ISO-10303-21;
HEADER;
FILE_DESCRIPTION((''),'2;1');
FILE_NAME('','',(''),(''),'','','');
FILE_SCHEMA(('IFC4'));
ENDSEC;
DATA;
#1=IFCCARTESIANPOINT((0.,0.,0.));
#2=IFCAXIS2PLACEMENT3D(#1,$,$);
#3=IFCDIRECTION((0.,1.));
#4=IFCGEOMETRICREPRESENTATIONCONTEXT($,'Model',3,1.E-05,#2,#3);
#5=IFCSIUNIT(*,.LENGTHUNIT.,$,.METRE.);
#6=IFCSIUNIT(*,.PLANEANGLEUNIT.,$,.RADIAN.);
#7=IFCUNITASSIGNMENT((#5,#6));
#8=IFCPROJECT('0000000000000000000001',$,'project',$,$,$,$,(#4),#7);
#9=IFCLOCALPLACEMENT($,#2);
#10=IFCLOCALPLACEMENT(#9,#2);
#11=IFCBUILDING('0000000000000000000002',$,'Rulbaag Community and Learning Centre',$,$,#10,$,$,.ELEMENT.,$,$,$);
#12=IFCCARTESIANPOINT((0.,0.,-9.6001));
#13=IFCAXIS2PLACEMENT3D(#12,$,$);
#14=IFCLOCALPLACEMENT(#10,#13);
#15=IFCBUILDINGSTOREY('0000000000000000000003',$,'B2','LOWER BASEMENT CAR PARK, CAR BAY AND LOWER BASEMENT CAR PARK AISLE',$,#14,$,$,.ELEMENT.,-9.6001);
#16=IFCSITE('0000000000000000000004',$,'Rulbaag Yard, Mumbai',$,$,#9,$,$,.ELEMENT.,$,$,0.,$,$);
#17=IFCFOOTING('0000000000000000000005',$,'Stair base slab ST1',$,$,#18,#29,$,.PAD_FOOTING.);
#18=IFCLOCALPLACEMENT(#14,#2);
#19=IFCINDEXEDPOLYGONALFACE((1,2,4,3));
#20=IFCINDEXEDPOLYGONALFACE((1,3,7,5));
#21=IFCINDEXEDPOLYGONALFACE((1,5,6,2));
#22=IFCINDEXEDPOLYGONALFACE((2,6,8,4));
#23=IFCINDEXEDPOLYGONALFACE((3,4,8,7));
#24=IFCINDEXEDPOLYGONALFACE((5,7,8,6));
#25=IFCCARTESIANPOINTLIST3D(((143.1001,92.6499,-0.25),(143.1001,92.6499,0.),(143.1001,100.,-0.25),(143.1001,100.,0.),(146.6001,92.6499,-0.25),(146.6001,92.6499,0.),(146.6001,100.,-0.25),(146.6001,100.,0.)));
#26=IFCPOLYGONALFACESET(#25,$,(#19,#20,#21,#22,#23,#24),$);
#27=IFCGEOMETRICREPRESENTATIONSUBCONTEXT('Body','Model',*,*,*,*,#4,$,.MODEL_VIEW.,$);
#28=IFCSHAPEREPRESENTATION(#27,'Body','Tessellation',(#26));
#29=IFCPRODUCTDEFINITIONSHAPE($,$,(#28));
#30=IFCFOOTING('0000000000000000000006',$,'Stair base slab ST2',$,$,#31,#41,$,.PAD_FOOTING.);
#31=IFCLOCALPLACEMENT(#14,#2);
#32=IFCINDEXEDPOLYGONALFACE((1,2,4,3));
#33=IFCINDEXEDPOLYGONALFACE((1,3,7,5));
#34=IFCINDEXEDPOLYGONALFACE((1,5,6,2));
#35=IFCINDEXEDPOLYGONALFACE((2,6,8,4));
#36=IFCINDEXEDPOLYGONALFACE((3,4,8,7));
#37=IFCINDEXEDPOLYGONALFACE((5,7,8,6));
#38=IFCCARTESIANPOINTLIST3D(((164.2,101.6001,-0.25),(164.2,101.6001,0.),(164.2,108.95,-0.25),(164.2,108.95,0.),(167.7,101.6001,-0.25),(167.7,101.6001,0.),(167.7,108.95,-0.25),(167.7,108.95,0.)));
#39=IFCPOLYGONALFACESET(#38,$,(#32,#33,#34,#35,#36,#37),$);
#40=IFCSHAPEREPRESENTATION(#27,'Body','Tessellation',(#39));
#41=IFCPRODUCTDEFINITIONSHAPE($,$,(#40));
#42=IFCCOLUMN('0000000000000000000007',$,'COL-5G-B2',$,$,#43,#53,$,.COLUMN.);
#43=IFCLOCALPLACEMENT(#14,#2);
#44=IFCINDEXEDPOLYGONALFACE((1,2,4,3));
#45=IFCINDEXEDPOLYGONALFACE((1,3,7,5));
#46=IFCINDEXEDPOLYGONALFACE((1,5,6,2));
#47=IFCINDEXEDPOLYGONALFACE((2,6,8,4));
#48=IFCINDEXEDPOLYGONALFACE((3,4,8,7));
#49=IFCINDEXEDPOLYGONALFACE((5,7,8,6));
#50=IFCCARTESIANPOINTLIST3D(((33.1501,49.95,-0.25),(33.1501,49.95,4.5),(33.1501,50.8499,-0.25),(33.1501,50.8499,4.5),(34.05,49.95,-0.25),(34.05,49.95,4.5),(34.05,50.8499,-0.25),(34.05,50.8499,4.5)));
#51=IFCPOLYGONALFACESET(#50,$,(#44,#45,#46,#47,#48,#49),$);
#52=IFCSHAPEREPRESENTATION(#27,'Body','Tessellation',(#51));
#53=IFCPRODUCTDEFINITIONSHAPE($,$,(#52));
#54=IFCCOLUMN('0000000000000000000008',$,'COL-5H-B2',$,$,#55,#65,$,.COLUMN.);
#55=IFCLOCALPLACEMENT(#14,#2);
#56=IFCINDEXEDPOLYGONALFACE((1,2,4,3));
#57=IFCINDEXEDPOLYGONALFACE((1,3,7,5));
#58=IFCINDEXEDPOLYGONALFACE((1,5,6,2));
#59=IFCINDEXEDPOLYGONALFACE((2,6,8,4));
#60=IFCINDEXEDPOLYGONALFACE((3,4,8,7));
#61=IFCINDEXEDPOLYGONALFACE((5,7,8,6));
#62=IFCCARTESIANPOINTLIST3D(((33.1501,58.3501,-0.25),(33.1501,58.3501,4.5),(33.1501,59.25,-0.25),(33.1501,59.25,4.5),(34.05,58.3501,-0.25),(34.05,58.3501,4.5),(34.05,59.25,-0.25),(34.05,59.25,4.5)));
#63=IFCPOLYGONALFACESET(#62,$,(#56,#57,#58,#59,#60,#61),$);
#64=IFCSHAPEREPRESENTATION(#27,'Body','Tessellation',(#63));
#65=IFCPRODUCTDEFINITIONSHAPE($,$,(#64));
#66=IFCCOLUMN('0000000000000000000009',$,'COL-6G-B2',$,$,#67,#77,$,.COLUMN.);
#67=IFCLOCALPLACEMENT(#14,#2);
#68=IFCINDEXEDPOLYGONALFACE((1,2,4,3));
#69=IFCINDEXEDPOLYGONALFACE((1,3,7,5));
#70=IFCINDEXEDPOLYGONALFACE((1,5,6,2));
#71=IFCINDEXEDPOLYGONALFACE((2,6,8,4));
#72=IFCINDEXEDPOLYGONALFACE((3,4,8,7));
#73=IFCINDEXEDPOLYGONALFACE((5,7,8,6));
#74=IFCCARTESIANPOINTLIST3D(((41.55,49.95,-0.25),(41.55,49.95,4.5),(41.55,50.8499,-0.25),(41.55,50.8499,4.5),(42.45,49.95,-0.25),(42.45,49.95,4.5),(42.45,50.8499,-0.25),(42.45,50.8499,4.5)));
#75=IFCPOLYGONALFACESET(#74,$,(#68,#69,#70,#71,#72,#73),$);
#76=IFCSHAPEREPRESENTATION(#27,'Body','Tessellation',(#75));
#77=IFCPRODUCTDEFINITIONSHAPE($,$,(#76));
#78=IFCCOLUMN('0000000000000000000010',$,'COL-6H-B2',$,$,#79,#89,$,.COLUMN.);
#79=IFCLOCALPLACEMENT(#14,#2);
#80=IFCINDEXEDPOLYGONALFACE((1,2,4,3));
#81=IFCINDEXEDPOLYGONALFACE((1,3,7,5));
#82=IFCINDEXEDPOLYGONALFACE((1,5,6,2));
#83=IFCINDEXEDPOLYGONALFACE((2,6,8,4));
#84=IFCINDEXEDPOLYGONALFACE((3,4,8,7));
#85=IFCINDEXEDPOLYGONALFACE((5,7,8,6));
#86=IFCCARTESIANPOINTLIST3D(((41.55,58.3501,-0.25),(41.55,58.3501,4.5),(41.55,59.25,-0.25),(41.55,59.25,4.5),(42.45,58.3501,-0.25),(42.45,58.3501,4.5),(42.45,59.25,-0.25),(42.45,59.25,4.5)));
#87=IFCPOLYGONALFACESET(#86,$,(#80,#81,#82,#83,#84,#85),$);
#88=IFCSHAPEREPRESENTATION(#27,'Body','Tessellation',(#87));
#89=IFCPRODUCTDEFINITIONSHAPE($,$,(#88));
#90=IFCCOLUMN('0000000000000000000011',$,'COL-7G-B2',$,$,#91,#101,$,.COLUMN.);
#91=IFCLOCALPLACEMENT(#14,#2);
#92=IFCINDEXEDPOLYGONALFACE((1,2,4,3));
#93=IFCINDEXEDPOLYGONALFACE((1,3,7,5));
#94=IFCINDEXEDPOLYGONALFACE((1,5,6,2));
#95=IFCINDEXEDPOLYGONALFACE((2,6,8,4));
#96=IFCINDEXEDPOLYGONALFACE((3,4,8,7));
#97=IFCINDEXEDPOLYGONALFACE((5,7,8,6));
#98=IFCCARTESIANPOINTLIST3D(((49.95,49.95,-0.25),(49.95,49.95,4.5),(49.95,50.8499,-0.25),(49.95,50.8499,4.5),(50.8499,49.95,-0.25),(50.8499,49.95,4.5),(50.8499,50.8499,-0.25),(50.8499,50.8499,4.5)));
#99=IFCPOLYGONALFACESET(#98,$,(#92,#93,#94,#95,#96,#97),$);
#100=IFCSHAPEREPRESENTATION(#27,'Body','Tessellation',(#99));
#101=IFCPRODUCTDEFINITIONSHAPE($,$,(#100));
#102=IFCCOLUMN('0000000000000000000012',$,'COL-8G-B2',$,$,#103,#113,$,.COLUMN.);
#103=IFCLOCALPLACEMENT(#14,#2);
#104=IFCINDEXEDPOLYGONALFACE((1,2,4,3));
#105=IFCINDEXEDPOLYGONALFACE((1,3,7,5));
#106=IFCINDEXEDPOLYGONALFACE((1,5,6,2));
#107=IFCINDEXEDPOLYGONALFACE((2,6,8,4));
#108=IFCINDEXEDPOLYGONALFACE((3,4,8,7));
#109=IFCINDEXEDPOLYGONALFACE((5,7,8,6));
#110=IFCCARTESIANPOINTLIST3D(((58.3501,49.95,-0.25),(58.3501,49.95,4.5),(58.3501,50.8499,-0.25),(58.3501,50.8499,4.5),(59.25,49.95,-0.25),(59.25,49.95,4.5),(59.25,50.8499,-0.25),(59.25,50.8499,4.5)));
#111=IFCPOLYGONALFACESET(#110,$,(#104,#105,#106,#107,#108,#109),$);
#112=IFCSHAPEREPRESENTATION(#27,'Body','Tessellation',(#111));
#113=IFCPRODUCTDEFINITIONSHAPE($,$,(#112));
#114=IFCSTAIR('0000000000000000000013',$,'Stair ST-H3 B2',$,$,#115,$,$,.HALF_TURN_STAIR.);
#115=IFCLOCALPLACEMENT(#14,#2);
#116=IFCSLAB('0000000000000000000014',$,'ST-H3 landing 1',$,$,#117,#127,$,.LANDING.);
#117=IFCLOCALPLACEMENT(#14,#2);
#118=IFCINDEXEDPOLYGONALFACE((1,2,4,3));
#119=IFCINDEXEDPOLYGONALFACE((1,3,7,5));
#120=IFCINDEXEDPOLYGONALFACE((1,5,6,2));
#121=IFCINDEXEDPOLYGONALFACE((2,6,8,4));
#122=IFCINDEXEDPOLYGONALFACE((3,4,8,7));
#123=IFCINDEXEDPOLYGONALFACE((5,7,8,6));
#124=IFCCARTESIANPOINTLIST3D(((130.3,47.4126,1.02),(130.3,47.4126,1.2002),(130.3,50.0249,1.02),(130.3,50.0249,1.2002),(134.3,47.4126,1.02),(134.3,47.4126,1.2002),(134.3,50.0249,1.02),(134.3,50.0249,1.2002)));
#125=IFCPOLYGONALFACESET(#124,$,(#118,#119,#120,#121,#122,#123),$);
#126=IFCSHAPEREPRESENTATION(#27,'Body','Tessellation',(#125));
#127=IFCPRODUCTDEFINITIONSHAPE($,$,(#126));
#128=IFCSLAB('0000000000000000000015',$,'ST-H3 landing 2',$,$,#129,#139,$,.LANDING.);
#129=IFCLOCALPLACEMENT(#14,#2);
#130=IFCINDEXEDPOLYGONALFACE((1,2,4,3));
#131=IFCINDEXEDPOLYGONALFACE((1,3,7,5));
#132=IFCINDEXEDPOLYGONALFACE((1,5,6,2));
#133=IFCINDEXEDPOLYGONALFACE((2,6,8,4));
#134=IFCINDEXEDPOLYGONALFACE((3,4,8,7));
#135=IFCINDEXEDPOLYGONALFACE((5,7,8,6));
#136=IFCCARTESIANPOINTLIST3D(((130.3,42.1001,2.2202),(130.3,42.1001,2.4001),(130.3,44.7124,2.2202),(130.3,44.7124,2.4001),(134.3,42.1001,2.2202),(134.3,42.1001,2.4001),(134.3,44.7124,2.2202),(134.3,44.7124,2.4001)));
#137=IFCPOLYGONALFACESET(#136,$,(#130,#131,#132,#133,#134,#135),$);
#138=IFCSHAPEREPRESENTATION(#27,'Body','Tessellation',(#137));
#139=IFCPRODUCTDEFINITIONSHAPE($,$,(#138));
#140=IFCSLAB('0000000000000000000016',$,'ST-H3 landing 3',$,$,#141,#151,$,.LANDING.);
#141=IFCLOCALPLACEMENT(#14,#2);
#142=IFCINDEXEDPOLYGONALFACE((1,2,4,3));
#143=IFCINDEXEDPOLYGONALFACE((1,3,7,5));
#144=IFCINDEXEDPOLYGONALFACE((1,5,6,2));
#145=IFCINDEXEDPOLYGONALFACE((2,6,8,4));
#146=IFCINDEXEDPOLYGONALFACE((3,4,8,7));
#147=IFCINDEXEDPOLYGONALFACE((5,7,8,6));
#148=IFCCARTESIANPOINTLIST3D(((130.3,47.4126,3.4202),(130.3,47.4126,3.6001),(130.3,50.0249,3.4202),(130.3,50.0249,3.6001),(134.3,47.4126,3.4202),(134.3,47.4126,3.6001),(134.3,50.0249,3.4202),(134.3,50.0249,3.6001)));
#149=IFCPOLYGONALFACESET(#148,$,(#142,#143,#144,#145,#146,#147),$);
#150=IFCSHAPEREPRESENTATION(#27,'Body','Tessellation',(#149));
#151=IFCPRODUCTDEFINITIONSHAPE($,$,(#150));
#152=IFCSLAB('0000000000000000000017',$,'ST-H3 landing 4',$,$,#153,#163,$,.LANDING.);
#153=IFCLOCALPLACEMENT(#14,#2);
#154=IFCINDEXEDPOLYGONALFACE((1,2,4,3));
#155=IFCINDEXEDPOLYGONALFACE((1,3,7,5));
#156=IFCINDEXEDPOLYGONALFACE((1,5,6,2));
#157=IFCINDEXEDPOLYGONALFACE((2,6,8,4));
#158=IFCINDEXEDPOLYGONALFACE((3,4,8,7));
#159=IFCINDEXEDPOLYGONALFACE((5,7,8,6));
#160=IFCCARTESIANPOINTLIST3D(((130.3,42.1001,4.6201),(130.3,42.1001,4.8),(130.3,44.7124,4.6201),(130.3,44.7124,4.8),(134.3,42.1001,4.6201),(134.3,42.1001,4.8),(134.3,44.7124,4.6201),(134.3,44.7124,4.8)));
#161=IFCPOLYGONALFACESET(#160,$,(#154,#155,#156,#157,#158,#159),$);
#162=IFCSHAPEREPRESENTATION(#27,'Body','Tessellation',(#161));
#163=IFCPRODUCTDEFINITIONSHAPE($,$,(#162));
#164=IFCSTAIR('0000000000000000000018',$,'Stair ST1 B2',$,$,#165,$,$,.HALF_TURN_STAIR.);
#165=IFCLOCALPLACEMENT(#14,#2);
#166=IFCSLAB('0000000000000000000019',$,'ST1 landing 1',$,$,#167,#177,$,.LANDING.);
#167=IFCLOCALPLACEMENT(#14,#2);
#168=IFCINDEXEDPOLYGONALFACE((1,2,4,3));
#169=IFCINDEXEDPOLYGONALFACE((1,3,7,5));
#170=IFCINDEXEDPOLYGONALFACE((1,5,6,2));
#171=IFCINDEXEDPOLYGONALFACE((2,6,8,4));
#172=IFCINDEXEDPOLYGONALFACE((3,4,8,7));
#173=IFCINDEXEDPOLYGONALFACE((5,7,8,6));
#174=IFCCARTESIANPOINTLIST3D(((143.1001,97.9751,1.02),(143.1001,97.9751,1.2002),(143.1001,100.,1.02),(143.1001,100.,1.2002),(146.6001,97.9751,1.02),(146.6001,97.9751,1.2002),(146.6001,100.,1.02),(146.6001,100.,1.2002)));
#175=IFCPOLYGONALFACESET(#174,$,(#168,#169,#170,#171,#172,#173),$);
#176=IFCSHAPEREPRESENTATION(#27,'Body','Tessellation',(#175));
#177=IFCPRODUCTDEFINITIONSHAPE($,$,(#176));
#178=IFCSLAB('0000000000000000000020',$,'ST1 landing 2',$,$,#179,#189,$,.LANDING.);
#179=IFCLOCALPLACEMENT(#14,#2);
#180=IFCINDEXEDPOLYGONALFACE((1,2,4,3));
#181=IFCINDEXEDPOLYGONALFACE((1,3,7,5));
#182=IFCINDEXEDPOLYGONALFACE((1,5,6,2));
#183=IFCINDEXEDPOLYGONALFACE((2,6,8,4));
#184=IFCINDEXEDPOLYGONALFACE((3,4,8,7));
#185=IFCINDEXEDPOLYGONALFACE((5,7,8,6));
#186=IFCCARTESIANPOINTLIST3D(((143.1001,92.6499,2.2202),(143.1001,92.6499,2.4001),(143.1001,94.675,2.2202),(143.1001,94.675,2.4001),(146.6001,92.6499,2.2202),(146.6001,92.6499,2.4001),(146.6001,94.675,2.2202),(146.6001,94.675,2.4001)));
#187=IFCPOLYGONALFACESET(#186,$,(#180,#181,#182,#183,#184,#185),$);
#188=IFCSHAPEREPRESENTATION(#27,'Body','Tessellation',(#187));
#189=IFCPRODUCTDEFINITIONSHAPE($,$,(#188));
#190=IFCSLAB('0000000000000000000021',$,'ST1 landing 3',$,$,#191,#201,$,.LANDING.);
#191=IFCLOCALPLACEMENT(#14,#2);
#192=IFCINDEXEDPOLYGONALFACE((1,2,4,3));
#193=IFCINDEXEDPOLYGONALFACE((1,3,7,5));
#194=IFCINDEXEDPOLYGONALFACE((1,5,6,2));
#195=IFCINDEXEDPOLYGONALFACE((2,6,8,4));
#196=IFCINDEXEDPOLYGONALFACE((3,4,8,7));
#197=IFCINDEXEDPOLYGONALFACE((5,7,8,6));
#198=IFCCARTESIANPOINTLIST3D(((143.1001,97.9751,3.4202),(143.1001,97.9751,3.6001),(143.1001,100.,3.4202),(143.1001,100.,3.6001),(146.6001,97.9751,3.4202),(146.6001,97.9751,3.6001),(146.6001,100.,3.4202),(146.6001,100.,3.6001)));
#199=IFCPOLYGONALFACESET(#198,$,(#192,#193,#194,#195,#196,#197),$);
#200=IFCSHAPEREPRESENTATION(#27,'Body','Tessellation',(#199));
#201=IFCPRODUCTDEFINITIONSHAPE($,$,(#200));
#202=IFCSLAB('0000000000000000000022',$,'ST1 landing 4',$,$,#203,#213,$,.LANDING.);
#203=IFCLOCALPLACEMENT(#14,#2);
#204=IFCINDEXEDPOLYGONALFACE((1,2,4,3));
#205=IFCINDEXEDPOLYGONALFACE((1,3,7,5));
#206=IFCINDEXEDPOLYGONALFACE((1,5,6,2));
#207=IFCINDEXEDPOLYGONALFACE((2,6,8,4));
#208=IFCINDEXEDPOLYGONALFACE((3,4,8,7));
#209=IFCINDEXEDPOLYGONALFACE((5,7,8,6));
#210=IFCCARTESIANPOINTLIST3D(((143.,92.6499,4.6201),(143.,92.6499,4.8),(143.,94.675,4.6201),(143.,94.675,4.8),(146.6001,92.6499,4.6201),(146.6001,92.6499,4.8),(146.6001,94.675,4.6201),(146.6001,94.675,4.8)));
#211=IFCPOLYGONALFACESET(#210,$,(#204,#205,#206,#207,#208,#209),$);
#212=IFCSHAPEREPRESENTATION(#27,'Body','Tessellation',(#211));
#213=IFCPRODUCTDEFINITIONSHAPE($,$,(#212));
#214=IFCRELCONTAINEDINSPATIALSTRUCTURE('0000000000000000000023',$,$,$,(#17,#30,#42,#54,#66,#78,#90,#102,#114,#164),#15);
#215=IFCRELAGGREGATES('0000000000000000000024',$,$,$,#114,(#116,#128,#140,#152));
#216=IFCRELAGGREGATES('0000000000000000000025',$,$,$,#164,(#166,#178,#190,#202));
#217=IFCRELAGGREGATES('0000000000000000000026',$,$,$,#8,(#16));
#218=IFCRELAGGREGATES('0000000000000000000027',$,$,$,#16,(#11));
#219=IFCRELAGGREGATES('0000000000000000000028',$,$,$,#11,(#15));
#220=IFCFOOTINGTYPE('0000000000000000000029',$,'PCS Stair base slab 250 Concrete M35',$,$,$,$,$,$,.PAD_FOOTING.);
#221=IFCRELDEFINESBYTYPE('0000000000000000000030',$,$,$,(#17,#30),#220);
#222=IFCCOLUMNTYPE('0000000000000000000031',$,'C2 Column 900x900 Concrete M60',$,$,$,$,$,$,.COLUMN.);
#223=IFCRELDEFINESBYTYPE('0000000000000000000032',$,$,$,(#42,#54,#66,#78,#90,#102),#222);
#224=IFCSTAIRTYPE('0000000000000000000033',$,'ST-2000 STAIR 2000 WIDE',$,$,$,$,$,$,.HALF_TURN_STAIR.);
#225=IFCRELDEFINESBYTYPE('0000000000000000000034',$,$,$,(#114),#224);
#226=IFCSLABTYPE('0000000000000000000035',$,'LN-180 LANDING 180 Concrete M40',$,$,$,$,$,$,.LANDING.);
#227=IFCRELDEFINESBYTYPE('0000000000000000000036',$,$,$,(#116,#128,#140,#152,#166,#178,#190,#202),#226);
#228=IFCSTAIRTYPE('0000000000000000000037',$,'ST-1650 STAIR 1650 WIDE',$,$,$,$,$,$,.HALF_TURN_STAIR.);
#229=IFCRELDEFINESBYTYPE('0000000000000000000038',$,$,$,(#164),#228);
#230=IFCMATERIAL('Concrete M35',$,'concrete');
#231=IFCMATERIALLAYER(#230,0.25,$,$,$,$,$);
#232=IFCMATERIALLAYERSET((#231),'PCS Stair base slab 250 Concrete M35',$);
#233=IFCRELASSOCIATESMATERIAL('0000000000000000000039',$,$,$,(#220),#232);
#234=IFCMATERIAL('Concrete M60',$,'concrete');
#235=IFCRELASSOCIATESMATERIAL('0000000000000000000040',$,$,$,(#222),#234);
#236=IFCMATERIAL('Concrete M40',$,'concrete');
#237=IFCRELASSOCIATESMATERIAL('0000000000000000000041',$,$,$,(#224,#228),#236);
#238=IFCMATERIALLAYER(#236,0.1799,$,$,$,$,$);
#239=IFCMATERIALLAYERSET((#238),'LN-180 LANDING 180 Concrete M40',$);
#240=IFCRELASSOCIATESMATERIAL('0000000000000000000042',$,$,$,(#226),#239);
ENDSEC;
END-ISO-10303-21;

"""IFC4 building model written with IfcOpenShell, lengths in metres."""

from ifc_helpers import new_model, si_unit, direction, frame, origin, origin_2d, place, context, subcontext, project, spatial, polyline, rectangle, outline, extrude, material, layer, layer_set, material_profile, profile_set, type_object, element, aggregate, save


model = new_model("IFC4")

# Units and contexts
model_context = context("Model", 3, precision=1e-05, world=origin(), true_north=direction((0.0, 1.0)))
body_context = subcontext(model_context, "Body", "Model", "MODEL_VIEW")
ifc_project = project(units=[si_unit("LENGTHUNIT", "METRE"), si_unit("PLANEANGLEUNIT", "RADIAN")], contexts=[model_context])

# Site, building, storey
site_placement = place(None, origin())
site = spatial("IfcSite", under=ifc_project, at=site_placement, Name="Rulbaag Yard, Mumbai", CompositionType="ELEMENT", RefElevation=0.0)
building_placement = place(site_placement, origin())
building = spatial("IfcBuilding", under=site, at=building_placement, Name="Rulbaag Community and Learning Centre", CompositionType="ELEMENT")
storey_placement = place(building_placement, frame((0.0, 0.0, -9.6001)))
storey = spatial("IfcBuildingStorey", under=building, at=storey_placement, Name="B2", Description="LOWER BASEMENT CAR PARK, CAR BAY AND LOWER BASEMENT CAR PARK AISLE", CompositionType="ELEMENT", Elevation=-9.6001)

# Shared definitions
ifc_material_1 = material(Name="Concrete M35", Category="concrete")

# Footings
ifc_layer_1 = layer(ifc_material_1, 0.25)
ifc_layer_set_1 = layer_set([ifc_layer_1], Name="PCS Stair base slab 250 Concrete M35")
footing_type_1 = type_object("IfcFootingType", Name="PCS Stair base slab 250 Concrete M35", PredefinedType="PAD_FOOTING", material=ifc_layer_set_1)
footing_1_placement = place(storey_placement, frame((0.0, 0.0, -0.25)))
element("IfcFooting", 1, at=footing_1_placement, inside=storey, type_object=footing_type_1, Name="Stair base slab ST1", PredefinedType="PAD_FOOTING", context=body_context, shape_type="SweptSolid", body=[
    extrude(outline(polyline([(143.1001, 92.6499), (146.6001, 92.6499), (146.6001, 100.0), (143.1001, 100.0), (143.1001, 92.6499)])), origin(), (0.0, 0.0, 1.0), 0.25),
])
footing_2_placement = place(storey_placement, frame((0.0, 0.0, -0.25)))
element("IfcFooting", 2, at=footing_2_placement, inside=storey, type_object=footing_type_1, Name="Stair base slab ST2", PredefinedType="PAD_FOOTING", context=body_context, shape_type="SweptSolid", body=[
    extrude(outline(polyline([(164.2, 101.6001), (167.7, 101.6001), (167.7, 108.95), (164.2, 108.95), (164.2, 101.6001)])), origin(), (0.0, 0.0, 1.0), 0.25),
])

# Columns
ifc_material_2 = material(Name="Concrete M60", Category="concrete")
ifc_material_profile_1 = material_profile(ifc_material_2, rectangle(XDim=0.8999, YDim=0.8999, at=origin_2d()), Name="RC900x900")
ifc_profile_set_1 = profile_set([ifc_material_profile_1], Name="Concrete M60")
column_type = type_object("IfcColumnType", Name="C2 Column 900x900 Concrete M60", PredefinedType="COLUMN", material=ifc_profile_set_1)
for number, where, z_axis, x_axis, name in (
    (3, (33.6001, 50.3999, -0.25), (0.0, 0.0, 1.0), (1.0, 0.0, 0.0), "COL-5G-B2"),
    (4, (33.6001, 58.8, -0.25), (0.0, 0.0, 1.0), (1.0, 0.0, 0.0), "COL-5H-B2"),
    (5, (42.0, 50.3999, -0.25), (0.0, 0.0, 1.0), (1.0, 0.0, 0.0), "COL-6G-B2"),
    (6, (42.0, 58.8, -0.25), (0.0, 0.0, 1.0), (1.0, 0.0, 0.0), "COL-6H-B2"),
    (7, (50.3999, 50.3999, -0.25), (0.0, 0.0, 1.0), (1.0, 0.0, 0.0), "COL-7G-B2"),
    (8, (58.8, 50.3999, -0.25), (0.0, 0.0, 1.0), (1.0, 0.0, 0.0), "COL-8G-B2"),
):
    element("IfcColumn", number, at=place(storey_placement, frame(where, z_axis=z_axis, x_axis=x_axis)), inside=storey, type_object=column_type, Name=name, PredefinedType="COLUMN", context=body_context, shape_type="SweptSolid", body=[
        extrude(rectangle(XDim=0.8999, YDim=0.8999, at=origin_2d()), origin(), (0.0, 0.0, 1.0), 4.75),
    ])

# Stairs, slabs
ifc_material_3 = material(Name="Concrete M40", Category="concrete")
stair_type_1 = type_object("IfcStairType", Name="ST-2000 STAIR 2000 WIDE", PredefinedType="HALF_TURN_STAIR", material=ifc_material_3)
stair_1_placement = place(storey_placement, origin())
stair_1 = element("IfcStair", 9, at=stair_1_placement, inside=storey, type_object=stair_type_1, Name="Stair ST-H3 B2", PredefinedType="HALF_TURN_STAIR")
ifc_layer_2 = layer(ifc_material_3, 0.1799)
ifc_layer_set_2 = layer_set([ifc_layer_2], Name="LN-180 LANDING 180 Concrete M40")
slab_type_1 = type_object("IfcSlabType", Name="LN-180 LANDING 180 Concrete M40", PredefinedType="LANDING", material=ifc_layer_set_2)
slab_1_placement = place(storey_placement, frame((0.0, 0.0, 1.02)))
slab_1 = element("IfcSlab", 10, at=slab_1_placement, type_object=slab_type_1, Name="ST-H3 landing 1", PredefinedType="LANDING", context=body_context, shape_type="SweptSolid", body=[
    extrude(outline(polyline([(130.3, 47.4126), (130.3, 50.0249), (134.3, 50.0249), (134.3, 47.4126), (130.3, 47.4126)])), origin(), (0.0, 0.0, 1.0), 0.1802),
])
slab_2_placement = place(storey_placement, frame((0.0, 0.0, 2.2202)))
slab_2 = element("IfcSlab", 11, at=slab_2_placement, type_object=slab_type_1, Name="ST-H3 landing 2", PredefinedType="LANDING", context=body_context, shape_type="SweptSolid", body=[
    extrude(outline(polyline([(130.3, 42.1001), (130.3, 44.7124), (134.3, 44.7124), (134.3, 42.1001), (130.3, 42.1001)])), origin(), (0.0, 0.0, 1.0), 0.1799),
])
slab_3_placement = place(storey_placement, frame((0.0, 0.0, 3.4202)))
slab_3 = element("IfcSlab", 12, at=slab_3_placement, type_object=slab_type_1, Name="ST-H3 landing 3", PredefinedType="LANDING", context=body_context, shape_type="SweptSolid", body=[
    extrude(outline(polyline([(130.3, 47.4126), (130.3, 50.0249), (134.3, 50.0249), (134.3, 47.4126), (130.3, 47.4126)])), origin(), (0.0, 0.0, 1.0), 0.1799),
])
slab_4_placement = place(storey_placement, frame((0.0, 0.0, 4.6201)))
slab_4 = element("IfcSlab", 13, at=slab_4_placement, type_object=slab_type_1, Name="ST-H3 landing 4", PredefinedType="LANDING", context=body_context, shape_type="SweptSolid", body=[
    extrude(outline(polyline([(130.3, 42.1001), (130.3, 44.7124), (134.3, 44.7124), (134.3, 42.1001), (130.3, 42.1001)])), origin(), (0.0, 0.0, 1.0), 0.1799),
])
aggregate(stair_1, [slab_1, slab_2, slab_3, slab_4])
stair_type_2 = type_object("IfcStairType", Name="ST-1650 STAIR 1650 WIDE", PredefinedType="HALF_TURN_STAIR", material=ifc_material_3)
stair_2_placement = place(storey_placement, origin())
stair_2 = element("IfcStair", 14, at=stair_2_placement, inside=storey, type_object=stair_type_2, Name="Stair ST1 B2", PredefinedType="HALF_TURN_STAIR")
slab_5_placement = place(storey_placement, frame((0.0, 0.0, 1.02)))
slab_5 = element("IfcSlab", 15, at=slab_5_placement, type_object=slab_type_1, Name="ST1 landing 1", PredefinedType="LANDING", context=body_context, shape_type="SweptSolid", body=[
    extrude(outline(polyline([(143.1001, 97.9751), (143.1001, 100.0), (146.6001, 100.0), (146.6001, 97.9751), (143.1001, 97.9751)])), origin(), (0.0, 0.0, 1.0), 0.1802),
])
slab_6_placement = place(storey_placement, frame((0.0, 0.0, 2.2202)))
slab_6 = element("IfcSlab", 16, at=slab_6_placement, type_object=slab_type_1, Name="ST1 landing 2", PredefinedType="LANDING", context=body_context, shape_type="SweptSolid", body=[
    extrude(outline(polyline([(143.1001, 92.6499), (143.1001, 94.675), (146.6001, 94.675), (146.6001, 92.6499), (143.1001, 92.6499)])), origin(), (0.0, 0.0, 1.0), 0.1799),
])
slab_7_placement = place(storey_placement, frame((0.0, 0.0, 3.4202)))
slab_7 = element("IfcSlab", 17, at=slab_7_placement, type_object=slab_type_1, Name="ST1 landing 3", PredefinedType="LANDING", context=body_context, shape_type="SweptSolid", body=[
    extrude(outline(polyline([(143.1001, 97.9751), (143.1001, 100.0), (146.6001, 100.0), (146.6001, 97.9751), (143.1001, 97.9751)])), origin(), (0.0, 0.0, 1.0), 0.1799),
])
slab_8_placement = place(storey_placement, frame((0.0, 0.0, 4.6201)))
slab_8 = element("IfcSlab", 18, at=slab_8_placement, type_object=slab_type_1, Name="ST1 landing 4", PredefinedType="LANDING", context=body_context, shape_type="SweptSolid", body=[
    extrude(outline(polyline([(143.0, 92.6499), (143.0, 94.675), (146.6001, 94.675), (146.6001, 92.6499), (143.0, 92.6499)])), origin(), (0.0, 0.0, 1.0), 0.1799),
])
aggregate(stair_2, [slab_5, slab_6, slab_7, slab_8])

save(model, "model.ifc")
